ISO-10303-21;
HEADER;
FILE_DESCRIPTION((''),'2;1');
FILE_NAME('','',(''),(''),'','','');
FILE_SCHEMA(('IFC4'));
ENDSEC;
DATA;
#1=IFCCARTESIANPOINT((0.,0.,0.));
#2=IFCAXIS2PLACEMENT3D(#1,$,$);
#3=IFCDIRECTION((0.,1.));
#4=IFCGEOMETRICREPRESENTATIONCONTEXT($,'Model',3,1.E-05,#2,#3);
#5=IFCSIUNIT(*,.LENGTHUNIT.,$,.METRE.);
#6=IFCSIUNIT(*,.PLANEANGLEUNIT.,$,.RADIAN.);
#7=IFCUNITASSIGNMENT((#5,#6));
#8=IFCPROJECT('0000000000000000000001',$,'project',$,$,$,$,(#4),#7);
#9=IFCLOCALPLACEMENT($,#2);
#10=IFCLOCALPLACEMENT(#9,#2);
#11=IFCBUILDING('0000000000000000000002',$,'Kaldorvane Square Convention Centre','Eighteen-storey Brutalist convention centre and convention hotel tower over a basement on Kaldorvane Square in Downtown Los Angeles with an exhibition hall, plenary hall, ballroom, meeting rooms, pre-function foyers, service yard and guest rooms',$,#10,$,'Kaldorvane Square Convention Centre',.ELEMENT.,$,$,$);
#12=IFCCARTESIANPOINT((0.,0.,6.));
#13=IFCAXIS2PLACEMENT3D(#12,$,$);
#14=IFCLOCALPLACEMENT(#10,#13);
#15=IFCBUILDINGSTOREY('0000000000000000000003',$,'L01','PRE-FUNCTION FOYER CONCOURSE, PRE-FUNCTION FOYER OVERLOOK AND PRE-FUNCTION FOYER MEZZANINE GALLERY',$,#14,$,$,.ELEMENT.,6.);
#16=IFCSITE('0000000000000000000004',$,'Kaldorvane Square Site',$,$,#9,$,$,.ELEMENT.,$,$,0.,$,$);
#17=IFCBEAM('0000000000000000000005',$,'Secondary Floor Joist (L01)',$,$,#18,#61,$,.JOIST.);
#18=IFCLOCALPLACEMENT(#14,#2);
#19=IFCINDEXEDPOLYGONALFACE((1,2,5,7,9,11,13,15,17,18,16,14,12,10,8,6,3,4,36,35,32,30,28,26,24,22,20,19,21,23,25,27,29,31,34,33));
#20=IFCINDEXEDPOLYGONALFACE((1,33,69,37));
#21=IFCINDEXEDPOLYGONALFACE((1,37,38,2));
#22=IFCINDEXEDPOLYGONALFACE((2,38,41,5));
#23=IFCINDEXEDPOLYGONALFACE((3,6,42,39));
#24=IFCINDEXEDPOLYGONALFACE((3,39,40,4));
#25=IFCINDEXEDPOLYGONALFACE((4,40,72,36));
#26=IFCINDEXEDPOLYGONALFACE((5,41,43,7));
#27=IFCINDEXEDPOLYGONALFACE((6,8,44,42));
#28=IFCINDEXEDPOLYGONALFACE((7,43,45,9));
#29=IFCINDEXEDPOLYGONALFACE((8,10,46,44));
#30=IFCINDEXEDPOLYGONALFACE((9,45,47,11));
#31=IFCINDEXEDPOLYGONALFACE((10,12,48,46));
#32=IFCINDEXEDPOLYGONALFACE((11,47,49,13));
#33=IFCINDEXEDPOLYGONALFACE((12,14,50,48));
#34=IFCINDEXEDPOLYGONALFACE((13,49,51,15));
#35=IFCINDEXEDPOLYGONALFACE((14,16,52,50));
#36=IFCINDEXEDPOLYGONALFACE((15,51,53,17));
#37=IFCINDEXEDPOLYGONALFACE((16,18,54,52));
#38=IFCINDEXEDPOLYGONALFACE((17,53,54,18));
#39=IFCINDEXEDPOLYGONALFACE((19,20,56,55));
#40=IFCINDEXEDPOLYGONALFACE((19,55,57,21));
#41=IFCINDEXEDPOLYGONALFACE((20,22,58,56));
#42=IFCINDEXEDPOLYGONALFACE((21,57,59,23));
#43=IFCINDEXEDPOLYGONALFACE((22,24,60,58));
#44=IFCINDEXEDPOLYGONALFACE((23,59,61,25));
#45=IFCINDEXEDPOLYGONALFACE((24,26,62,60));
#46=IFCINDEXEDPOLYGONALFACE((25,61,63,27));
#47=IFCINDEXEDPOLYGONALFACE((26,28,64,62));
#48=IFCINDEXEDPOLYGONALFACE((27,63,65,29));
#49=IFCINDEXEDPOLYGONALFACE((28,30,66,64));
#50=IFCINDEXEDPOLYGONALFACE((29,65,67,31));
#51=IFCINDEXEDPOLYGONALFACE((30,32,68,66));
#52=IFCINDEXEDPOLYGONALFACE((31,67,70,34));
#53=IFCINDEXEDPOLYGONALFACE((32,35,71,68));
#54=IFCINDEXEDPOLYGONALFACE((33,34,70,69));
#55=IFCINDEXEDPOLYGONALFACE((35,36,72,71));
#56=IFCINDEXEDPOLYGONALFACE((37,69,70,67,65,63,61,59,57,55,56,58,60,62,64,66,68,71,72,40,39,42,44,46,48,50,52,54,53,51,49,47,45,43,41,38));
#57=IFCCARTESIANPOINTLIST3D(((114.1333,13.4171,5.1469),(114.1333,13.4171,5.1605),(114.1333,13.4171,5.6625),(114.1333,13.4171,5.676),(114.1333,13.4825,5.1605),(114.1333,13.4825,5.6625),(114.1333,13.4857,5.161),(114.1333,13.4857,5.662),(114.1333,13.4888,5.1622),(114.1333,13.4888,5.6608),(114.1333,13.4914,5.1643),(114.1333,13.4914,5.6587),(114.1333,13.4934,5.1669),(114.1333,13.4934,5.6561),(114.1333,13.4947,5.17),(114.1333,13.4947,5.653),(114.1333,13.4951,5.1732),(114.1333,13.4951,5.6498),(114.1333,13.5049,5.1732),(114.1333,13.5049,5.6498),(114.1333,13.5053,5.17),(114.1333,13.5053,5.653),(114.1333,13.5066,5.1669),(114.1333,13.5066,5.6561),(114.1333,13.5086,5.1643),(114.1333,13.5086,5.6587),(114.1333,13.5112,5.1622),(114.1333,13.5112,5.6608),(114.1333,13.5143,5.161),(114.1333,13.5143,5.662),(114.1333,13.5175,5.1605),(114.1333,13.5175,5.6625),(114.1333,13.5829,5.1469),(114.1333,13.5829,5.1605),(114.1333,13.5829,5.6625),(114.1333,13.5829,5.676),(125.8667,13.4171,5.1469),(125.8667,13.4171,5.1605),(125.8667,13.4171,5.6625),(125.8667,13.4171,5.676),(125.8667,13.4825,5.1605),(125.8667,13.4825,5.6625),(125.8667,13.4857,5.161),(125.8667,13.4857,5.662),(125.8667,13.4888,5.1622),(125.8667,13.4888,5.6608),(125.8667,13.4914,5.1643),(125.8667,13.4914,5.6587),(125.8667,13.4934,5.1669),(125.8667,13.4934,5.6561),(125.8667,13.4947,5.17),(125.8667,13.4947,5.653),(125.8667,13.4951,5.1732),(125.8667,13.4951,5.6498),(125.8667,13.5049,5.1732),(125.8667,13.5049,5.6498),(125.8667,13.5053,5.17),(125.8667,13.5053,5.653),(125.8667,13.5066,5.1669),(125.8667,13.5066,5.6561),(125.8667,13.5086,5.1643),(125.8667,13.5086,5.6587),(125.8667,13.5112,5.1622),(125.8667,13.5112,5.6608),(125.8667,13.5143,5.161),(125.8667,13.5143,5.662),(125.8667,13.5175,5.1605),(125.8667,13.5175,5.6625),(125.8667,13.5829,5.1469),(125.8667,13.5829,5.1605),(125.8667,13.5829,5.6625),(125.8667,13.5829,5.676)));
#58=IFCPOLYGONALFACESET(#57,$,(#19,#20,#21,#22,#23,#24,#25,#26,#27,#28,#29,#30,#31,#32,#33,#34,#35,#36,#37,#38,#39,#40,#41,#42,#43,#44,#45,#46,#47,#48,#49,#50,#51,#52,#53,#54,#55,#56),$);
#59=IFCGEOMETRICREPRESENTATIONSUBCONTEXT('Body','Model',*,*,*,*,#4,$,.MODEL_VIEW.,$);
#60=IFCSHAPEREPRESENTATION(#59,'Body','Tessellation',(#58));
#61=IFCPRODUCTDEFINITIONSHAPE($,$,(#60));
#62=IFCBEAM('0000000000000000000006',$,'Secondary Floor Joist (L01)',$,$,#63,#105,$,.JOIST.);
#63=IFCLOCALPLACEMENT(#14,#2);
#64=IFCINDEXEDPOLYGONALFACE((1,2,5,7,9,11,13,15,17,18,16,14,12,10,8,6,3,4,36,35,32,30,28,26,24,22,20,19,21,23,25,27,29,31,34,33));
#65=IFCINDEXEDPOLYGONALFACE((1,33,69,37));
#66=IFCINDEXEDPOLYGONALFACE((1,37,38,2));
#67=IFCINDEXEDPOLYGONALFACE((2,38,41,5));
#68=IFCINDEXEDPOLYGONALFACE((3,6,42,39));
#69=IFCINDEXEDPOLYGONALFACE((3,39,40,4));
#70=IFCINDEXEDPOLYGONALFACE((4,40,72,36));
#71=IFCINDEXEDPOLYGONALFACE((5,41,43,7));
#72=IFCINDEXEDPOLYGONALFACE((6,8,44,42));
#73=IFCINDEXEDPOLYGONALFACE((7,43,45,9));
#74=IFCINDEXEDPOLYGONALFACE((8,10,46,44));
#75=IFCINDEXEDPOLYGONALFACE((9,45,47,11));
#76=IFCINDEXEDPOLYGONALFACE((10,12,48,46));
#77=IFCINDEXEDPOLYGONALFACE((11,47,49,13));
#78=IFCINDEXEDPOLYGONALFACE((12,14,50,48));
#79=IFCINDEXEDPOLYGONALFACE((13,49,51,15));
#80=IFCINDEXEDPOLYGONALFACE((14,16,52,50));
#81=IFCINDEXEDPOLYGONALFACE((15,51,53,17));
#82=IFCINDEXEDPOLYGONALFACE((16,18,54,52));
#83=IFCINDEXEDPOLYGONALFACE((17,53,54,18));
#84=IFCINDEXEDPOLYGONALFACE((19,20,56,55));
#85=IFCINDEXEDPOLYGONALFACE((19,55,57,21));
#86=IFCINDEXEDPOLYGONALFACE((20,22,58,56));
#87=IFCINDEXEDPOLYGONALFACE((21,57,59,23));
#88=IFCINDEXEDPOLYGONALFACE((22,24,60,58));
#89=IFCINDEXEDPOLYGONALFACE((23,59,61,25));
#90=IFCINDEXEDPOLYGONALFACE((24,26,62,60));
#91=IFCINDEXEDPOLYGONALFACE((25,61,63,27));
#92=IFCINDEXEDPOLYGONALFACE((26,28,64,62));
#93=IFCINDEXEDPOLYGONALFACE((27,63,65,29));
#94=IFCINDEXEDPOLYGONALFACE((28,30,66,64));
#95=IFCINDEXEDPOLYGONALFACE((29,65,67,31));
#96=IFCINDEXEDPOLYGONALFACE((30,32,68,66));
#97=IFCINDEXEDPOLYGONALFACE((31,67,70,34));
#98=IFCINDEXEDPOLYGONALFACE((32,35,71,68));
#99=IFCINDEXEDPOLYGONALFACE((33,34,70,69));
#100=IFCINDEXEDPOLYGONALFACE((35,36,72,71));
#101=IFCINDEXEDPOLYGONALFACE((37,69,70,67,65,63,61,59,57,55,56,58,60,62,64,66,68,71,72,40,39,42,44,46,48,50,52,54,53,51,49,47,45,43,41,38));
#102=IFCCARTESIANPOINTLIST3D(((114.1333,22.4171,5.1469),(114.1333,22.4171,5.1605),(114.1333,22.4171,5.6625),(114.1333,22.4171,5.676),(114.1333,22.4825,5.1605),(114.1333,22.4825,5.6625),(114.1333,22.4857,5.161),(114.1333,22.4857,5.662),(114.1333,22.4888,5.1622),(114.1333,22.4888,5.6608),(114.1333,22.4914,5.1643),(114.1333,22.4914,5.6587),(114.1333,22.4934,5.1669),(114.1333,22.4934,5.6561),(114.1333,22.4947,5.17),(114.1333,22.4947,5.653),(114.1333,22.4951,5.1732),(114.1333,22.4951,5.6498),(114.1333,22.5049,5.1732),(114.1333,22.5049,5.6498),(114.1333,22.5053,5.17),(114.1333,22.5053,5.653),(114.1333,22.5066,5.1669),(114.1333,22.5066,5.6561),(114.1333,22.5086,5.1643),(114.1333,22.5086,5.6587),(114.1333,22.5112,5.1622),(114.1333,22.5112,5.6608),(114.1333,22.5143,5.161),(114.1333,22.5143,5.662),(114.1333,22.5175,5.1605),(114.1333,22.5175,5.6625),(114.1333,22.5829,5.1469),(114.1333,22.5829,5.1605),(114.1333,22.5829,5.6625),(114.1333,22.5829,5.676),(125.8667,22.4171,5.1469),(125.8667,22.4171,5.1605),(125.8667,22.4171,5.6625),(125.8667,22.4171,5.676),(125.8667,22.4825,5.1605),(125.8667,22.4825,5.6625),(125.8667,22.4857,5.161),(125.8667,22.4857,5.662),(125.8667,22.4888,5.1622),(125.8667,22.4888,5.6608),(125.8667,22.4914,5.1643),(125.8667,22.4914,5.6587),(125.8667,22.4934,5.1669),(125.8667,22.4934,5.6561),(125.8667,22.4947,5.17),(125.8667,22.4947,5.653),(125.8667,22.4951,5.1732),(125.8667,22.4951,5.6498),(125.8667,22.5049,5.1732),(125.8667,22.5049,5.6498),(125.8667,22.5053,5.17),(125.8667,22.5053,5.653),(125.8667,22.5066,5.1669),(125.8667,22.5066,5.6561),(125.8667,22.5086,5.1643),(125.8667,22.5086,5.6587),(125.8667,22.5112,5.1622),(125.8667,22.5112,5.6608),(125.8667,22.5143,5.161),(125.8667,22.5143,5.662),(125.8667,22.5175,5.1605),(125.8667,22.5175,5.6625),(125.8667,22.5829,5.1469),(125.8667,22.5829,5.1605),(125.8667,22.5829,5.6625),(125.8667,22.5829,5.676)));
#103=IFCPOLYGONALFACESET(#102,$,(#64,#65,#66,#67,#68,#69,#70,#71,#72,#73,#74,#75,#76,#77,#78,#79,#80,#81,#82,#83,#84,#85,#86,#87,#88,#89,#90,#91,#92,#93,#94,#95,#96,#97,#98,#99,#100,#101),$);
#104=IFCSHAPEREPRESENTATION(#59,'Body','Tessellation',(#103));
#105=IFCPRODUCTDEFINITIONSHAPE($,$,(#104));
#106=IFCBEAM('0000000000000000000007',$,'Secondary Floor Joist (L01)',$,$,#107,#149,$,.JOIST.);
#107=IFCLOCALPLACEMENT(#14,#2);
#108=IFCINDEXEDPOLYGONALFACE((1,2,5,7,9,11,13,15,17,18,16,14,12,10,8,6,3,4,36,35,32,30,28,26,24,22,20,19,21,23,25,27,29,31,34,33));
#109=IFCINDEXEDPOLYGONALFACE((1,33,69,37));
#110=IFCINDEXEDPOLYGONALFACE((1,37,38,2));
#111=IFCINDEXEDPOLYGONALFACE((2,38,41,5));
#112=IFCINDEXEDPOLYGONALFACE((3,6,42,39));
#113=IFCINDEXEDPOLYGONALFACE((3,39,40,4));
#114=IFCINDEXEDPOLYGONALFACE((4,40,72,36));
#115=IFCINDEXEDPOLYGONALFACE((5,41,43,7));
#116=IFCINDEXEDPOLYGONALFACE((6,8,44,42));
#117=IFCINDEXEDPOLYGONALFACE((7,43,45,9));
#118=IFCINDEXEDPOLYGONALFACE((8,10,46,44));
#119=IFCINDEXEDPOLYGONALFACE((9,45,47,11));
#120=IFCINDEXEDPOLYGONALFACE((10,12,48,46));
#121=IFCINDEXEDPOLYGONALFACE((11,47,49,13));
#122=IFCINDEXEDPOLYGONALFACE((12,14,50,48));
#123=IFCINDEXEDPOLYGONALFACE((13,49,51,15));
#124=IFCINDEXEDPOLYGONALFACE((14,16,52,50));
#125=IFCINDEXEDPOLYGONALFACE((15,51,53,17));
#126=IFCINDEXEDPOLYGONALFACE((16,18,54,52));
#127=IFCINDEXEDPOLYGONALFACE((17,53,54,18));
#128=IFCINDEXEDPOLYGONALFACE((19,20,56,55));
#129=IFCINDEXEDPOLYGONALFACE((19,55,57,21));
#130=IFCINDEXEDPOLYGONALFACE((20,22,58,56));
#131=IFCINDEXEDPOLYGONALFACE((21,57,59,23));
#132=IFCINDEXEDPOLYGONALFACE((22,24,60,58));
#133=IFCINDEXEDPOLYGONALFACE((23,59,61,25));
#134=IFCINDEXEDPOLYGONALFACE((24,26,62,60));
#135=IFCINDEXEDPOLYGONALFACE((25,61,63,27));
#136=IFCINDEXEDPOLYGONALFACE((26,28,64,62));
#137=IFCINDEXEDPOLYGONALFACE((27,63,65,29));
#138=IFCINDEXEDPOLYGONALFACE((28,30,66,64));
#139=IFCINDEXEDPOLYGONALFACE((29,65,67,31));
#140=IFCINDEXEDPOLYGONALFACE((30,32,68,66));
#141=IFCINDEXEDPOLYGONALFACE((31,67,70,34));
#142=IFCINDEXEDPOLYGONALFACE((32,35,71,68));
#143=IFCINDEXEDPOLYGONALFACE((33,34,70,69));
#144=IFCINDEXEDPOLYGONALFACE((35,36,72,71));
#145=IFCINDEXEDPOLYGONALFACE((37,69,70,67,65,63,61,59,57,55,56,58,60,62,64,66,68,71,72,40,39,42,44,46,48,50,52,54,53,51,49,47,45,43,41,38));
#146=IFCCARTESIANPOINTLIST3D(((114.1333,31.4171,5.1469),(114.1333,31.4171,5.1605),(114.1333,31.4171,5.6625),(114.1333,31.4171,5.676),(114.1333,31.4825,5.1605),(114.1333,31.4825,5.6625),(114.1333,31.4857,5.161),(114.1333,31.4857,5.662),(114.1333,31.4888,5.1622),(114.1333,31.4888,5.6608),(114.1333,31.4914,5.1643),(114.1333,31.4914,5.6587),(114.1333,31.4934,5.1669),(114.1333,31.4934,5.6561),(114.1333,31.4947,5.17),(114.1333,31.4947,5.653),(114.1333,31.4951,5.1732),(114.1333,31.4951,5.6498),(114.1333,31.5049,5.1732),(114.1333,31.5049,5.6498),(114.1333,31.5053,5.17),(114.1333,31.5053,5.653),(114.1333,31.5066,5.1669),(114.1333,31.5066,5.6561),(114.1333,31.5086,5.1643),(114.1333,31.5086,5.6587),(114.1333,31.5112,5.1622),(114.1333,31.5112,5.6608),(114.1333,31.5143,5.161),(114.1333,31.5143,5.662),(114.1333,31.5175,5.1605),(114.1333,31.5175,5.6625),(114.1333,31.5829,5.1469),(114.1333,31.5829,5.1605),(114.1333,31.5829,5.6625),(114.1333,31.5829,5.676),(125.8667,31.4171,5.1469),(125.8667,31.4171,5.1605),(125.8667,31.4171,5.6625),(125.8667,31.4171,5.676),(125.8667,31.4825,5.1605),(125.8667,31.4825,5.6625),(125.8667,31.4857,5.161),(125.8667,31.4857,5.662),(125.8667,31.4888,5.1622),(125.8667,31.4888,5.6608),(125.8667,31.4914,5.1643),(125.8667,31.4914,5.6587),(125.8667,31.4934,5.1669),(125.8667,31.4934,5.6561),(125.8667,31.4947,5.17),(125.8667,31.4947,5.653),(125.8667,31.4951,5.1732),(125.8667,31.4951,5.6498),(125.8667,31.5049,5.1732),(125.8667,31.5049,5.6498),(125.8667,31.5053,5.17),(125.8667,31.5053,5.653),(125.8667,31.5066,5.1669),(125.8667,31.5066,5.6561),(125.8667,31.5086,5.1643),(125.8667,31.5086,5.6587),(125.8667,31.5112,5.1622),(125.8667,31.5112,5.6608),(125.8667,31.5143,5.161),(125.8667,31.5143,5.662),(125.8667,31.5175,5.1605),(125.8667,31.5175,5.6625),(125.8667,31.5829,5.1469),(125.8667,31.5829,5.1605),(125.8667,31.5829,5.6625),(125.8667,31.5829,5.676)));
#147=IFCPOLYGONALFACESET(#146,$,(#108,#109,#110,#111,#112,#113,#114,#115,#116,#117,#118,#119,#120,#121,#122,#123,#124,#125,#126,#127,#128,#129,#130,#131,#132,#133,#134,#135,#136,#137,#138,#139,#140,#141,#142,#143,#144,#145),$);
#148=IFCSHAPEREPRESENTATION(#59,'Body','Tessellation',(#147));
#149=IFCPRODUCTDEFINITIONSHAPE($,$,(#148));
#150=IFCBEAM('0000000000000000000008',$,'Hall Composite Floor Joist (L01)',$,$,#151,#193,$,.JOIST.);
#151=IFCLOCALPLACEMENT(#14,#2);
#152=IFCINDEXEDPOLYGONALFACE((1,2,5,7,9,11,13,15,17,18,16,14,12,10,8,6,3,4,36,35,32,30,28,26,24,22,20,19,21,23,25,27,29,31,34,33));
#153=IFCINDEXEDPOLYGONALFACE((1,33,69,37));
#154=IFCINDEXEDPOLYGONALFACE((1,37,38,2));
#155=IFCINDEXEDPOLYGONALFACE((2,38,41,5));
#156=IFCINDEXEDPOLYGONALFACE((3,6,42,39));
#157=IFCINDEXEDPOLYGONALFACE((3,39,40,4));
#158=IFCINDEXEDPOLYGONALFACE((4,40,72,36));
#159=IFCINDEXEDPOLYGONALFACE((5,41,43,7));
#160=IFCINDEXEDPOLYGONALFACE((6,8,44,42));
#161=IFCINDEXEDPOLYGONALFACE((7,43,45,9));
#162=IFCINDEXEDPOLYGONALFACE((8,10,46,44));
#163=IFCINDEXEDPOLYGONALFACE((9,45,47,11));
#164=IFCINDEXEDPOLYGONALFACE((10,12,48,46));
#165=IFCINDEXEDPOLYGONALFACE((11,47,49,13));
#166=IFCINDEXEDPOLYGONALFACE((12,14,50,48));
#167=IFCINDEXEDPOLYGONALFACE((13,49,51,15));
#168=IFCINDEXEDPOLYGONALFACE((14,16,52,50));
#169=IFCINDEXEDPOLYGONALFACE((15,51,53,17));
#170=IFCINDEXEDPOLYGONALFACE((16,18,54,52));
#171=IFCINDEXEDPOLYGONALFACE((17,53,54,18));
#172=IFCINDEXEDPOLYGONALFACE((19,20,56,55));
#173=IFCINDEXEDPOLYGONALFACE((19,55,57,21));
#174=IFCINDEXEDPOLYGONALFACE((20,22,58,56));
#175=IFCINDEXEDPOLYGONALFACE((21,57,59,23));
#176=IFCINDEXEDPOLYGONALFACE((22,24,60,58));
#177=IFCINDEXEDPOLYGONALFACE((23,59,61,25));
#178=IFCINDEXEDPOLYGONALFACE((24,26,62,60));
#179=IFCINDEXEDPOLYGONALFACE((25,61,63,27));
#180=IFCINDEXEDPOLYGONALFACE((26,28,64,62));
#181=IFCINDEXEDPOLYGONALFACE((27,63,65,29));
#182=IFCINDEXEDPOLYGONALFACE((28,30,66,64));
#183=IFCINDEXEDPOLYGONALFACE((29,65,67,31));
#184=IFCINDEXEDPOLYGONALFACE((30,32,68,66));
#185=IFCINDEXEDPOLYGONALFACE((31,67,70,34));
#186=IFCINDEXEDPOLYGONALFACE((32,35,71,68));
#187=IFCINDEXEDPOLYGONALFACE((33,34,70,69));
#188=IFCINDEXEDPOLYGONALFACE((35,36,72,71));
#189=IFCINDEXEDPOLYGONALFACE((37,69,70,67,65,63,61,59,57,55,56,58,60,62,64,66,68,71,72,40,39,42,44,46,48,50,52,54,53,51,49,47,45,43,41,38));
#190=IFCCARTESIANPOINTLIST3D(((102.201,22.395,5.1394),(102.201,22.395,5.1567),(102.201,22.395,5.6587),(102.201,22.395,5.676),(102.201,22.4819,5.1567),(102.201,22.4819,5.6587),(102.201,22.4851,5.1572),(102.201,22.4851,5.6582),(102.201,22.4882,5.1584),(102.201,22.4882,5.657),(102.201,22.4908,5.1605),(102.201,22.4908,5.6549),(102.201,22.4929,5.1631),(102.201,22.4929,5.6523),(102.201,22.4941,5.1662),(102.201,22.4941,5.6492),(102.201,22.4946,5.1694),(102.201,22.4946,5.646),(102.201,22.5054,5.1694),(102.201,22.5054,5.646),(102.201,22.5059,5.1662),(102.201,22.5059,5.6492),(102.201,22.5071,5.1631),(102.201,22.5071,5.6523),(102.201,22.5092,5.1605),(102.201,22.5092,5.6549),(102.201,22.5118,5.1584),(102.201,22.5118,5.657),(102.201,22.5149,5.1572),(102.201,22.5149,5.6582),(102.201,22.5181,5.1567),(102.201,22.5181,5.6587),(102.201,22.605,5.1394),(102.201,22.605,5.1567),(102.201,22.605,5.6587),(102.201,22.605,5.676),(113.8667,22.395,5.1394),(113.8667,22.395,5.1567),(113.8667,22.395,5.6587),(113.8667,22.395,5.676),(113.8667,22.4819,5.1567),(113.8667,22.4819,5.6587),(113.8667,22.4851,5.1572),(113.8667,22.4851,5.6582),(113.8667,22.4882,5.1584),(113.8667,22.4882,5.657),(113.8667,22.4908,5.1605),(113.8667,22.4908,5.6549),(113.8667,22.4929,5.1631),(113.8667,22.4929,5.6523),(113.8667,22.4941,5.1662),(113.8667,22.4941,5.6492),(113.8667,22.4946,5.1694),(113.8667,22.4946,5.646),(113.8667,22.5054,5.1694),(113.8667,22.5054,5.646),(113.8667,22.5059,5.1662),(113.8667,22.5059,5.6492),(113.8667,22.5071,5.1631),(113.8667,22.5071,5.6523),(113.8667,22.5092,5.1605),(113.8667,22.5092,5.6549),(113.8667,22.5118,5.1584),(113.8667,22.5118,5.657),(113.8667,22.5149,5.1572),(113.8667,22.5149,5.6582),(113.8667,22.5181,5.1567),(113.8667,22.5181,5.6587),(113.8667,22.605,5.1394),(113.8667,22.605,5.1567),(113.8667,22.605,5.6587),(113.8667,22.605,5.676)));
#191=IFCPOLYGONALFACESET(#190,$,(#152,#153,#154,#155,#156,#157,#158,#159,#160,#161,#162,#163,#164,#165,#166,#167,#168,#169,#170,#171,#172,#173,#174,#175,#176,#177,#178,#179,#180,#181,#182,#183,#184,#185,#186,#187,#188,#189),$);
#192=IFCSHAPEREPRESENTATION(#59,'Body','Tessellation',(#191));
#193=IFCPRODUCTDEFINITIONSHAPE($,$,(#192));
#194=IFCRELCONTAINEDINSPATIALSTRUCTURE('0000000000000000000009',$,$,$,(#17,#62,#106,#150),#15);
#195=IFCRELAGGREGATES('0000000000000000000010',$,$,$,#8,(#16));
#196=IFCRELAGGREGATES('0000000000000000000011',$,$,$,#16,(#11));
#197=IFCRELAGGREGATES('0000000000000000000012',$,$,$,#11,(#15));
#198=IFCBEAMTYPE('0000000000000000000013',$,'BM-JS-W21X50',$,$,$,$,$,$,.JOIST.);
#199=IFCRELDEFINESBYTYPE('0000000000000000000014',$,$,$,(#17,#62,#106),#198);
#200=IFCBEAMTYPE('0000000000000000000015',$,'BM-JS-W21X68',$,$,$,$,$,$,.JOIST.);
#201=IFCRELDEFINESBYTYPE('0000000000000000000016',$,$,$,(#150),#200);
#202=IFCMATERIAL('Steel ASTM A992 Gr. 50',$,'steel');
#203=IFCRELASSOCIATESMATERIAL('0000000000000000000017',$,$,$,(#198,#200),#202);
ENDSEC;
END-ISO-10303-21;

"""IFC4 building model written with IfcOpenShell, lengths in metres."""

from ifc_helpers import new_model, si_unit, direction, frame, origin, origin_2d, place, context, subcontext, project, spatial, i_section, extrude, material, material_profile, profile_set, type_object, element, save


model = new_model("IFC4")

# Units and contexts
model_context = context("Model", 3, precision=1e-05, world=origin(), true_north=direction((0.0, 1.0)))
body_context = subcontext(model_context, "Body", "Model", "MODEL_VIEW")
ifc_project = project(units=[si_unit("LENGTHUNIT", "METRE"), si_unit("PLANEANGLEUNIT", "RADIAN")], contexts=[model_context])

# Site, building, storey
site_placement = place(None, origin())
site = spatial("IfcSite", under=ifc_project, at=site_placement, Name="Kaldorvane Square Site", CompositionType="ELEMENT", RefElevation=0.0)
building_placement = place(site_placement, origin())
building = spatial("IfcBuilding", under=site, at=building_placement, Name="Kaldorvane Square Convention Centre", Description="Eighteen-storey Brutalist convention centre and convention hotel tower over a basement on Kaldorvane Square in Downtown Los Angeles with an exhibition hall, plenary hall, ballroom, meeting rooms, pre-function foyers, service yard and guest rooms", LongName="Kaldorvane Square Convention Centre", CompositionType="ELEMENT")
storey_placement = place(building_placement, frame((0.0, 0.0, 6.0)))
storey = spatial("IfcBuildingStorey", under=building, at=storey_placement, Name="L01", Description="PRE-FUNCTION FOYER CONCOURSE, PRE-FUNCTION FOYER OVERLOOK AND PRE-FUNCTION FOYER MEZZANINE GALLERY", CompositionType="ELEMENT", Elevation=6.0)

# Shared definitions
ifc_material_1 = material(Name="Steel ASTM A992 Gr. 50", Category="steel")

# Beams
ifc_material_profile_1 = material_profile(ifc_material_1, i_section(OverallWidth=0.1659, OverallDepth=0.5291, WebThickness=0.0097, FlangeThickness=0.0136, FilletRadius=0.0127, at=origin_2d()), Name="W21X50")
ifc_profile_set_1 = profile_set([ifc_material_profile_1], Name="Steel ASTM A992 Gr. 50")
beam_type_1 = type_object("IfcBeamType", Name="BM-JS-W21X50", PredefinedType="JOIST", material=ifc_profile_set_1)
for number, where, z_axis, x_axis, name in (
    (1, (114.1333, 13.5, 5.4115), (1.0, 0.0, 0.0), (0.0, 1.0, 0.0), "Secondary Floor Joist (L01)"),
    (2, (114.1333, 22.5, 5.4115), (1.0, 0.0, 0.0), (0.0, 1.0, 0.0), "Secondary Floor Joist (L01)"),
    (3, (114.1333, 31.5, 5.4115), (1.0, 0.0, 0.0), (0.0, 1.0, 0.0), "Secondary Floor Joist (L01)"),
):
    element("IfcBeam", number, at=place(storey_placement, frame(where, z_axis=z_axis, x_axis=x_axis)), inside=storey, type_object=beam_type_1, Name=name, PredefinedType="JOIST", context=body_context, shape_type="SweptSolid", body=[
        extrude(i_section(OverallWidth=0.1659, OverallDepth=0.5291, WebThickness=0.0097, FlangeThickness=0.0136, FilletRadius=0.0127, at=origin_2d()), origin(), (0.0, 0.0, 1.0), 11.7334),
    ])
ifc_material_profile_2 = material_profile(ifc_material_1, i_section(OverallWidth=0.2101, OverallDepth=0.5367, WebThickness=0.0109, FlangeThickness=0.0174, FilletRadius=0.0127, at=origin_2d()), Name="W21X68")
ifc_profile_set_2 = profile_set([ifc_material_profile_2], Name="Steel ASTM A992 Gr. 50")
beam_type_2 = type_object("IfcBeamType", Name="BM-JS-W21X68", PredefinedType="JOIST", material=ifc_profile_set_2)
for number, where, z_axis, x_axis, name in (
    (4, (102.201, 22.5, 5.4077), (1.0, 0.0, 0.0), (0.0, 1.0, 0.0), "Hall Composite Floor Joist (L01)"),
):
    element("IfcBeam", number, at=place(storey_placement, frame(where, z_axis=z_axis, x_axis=x_axis)), inside=storey, type_object=beam_type_2, Name=name, PredefinedType="JOIST", context=body_context, shape_type="SweptSolid", body=[
        extrude(i_section(OverallWidth=0.2101, OverallDepth=0.5367, WebThickness=0.0109, FlangeThickness=0.0174, FilletRadius=0.0127, at=origin_2d()), origin(), (0.0, 0.0, 1.0), 11.6657),
    ])

save(model, "model.ifc")
